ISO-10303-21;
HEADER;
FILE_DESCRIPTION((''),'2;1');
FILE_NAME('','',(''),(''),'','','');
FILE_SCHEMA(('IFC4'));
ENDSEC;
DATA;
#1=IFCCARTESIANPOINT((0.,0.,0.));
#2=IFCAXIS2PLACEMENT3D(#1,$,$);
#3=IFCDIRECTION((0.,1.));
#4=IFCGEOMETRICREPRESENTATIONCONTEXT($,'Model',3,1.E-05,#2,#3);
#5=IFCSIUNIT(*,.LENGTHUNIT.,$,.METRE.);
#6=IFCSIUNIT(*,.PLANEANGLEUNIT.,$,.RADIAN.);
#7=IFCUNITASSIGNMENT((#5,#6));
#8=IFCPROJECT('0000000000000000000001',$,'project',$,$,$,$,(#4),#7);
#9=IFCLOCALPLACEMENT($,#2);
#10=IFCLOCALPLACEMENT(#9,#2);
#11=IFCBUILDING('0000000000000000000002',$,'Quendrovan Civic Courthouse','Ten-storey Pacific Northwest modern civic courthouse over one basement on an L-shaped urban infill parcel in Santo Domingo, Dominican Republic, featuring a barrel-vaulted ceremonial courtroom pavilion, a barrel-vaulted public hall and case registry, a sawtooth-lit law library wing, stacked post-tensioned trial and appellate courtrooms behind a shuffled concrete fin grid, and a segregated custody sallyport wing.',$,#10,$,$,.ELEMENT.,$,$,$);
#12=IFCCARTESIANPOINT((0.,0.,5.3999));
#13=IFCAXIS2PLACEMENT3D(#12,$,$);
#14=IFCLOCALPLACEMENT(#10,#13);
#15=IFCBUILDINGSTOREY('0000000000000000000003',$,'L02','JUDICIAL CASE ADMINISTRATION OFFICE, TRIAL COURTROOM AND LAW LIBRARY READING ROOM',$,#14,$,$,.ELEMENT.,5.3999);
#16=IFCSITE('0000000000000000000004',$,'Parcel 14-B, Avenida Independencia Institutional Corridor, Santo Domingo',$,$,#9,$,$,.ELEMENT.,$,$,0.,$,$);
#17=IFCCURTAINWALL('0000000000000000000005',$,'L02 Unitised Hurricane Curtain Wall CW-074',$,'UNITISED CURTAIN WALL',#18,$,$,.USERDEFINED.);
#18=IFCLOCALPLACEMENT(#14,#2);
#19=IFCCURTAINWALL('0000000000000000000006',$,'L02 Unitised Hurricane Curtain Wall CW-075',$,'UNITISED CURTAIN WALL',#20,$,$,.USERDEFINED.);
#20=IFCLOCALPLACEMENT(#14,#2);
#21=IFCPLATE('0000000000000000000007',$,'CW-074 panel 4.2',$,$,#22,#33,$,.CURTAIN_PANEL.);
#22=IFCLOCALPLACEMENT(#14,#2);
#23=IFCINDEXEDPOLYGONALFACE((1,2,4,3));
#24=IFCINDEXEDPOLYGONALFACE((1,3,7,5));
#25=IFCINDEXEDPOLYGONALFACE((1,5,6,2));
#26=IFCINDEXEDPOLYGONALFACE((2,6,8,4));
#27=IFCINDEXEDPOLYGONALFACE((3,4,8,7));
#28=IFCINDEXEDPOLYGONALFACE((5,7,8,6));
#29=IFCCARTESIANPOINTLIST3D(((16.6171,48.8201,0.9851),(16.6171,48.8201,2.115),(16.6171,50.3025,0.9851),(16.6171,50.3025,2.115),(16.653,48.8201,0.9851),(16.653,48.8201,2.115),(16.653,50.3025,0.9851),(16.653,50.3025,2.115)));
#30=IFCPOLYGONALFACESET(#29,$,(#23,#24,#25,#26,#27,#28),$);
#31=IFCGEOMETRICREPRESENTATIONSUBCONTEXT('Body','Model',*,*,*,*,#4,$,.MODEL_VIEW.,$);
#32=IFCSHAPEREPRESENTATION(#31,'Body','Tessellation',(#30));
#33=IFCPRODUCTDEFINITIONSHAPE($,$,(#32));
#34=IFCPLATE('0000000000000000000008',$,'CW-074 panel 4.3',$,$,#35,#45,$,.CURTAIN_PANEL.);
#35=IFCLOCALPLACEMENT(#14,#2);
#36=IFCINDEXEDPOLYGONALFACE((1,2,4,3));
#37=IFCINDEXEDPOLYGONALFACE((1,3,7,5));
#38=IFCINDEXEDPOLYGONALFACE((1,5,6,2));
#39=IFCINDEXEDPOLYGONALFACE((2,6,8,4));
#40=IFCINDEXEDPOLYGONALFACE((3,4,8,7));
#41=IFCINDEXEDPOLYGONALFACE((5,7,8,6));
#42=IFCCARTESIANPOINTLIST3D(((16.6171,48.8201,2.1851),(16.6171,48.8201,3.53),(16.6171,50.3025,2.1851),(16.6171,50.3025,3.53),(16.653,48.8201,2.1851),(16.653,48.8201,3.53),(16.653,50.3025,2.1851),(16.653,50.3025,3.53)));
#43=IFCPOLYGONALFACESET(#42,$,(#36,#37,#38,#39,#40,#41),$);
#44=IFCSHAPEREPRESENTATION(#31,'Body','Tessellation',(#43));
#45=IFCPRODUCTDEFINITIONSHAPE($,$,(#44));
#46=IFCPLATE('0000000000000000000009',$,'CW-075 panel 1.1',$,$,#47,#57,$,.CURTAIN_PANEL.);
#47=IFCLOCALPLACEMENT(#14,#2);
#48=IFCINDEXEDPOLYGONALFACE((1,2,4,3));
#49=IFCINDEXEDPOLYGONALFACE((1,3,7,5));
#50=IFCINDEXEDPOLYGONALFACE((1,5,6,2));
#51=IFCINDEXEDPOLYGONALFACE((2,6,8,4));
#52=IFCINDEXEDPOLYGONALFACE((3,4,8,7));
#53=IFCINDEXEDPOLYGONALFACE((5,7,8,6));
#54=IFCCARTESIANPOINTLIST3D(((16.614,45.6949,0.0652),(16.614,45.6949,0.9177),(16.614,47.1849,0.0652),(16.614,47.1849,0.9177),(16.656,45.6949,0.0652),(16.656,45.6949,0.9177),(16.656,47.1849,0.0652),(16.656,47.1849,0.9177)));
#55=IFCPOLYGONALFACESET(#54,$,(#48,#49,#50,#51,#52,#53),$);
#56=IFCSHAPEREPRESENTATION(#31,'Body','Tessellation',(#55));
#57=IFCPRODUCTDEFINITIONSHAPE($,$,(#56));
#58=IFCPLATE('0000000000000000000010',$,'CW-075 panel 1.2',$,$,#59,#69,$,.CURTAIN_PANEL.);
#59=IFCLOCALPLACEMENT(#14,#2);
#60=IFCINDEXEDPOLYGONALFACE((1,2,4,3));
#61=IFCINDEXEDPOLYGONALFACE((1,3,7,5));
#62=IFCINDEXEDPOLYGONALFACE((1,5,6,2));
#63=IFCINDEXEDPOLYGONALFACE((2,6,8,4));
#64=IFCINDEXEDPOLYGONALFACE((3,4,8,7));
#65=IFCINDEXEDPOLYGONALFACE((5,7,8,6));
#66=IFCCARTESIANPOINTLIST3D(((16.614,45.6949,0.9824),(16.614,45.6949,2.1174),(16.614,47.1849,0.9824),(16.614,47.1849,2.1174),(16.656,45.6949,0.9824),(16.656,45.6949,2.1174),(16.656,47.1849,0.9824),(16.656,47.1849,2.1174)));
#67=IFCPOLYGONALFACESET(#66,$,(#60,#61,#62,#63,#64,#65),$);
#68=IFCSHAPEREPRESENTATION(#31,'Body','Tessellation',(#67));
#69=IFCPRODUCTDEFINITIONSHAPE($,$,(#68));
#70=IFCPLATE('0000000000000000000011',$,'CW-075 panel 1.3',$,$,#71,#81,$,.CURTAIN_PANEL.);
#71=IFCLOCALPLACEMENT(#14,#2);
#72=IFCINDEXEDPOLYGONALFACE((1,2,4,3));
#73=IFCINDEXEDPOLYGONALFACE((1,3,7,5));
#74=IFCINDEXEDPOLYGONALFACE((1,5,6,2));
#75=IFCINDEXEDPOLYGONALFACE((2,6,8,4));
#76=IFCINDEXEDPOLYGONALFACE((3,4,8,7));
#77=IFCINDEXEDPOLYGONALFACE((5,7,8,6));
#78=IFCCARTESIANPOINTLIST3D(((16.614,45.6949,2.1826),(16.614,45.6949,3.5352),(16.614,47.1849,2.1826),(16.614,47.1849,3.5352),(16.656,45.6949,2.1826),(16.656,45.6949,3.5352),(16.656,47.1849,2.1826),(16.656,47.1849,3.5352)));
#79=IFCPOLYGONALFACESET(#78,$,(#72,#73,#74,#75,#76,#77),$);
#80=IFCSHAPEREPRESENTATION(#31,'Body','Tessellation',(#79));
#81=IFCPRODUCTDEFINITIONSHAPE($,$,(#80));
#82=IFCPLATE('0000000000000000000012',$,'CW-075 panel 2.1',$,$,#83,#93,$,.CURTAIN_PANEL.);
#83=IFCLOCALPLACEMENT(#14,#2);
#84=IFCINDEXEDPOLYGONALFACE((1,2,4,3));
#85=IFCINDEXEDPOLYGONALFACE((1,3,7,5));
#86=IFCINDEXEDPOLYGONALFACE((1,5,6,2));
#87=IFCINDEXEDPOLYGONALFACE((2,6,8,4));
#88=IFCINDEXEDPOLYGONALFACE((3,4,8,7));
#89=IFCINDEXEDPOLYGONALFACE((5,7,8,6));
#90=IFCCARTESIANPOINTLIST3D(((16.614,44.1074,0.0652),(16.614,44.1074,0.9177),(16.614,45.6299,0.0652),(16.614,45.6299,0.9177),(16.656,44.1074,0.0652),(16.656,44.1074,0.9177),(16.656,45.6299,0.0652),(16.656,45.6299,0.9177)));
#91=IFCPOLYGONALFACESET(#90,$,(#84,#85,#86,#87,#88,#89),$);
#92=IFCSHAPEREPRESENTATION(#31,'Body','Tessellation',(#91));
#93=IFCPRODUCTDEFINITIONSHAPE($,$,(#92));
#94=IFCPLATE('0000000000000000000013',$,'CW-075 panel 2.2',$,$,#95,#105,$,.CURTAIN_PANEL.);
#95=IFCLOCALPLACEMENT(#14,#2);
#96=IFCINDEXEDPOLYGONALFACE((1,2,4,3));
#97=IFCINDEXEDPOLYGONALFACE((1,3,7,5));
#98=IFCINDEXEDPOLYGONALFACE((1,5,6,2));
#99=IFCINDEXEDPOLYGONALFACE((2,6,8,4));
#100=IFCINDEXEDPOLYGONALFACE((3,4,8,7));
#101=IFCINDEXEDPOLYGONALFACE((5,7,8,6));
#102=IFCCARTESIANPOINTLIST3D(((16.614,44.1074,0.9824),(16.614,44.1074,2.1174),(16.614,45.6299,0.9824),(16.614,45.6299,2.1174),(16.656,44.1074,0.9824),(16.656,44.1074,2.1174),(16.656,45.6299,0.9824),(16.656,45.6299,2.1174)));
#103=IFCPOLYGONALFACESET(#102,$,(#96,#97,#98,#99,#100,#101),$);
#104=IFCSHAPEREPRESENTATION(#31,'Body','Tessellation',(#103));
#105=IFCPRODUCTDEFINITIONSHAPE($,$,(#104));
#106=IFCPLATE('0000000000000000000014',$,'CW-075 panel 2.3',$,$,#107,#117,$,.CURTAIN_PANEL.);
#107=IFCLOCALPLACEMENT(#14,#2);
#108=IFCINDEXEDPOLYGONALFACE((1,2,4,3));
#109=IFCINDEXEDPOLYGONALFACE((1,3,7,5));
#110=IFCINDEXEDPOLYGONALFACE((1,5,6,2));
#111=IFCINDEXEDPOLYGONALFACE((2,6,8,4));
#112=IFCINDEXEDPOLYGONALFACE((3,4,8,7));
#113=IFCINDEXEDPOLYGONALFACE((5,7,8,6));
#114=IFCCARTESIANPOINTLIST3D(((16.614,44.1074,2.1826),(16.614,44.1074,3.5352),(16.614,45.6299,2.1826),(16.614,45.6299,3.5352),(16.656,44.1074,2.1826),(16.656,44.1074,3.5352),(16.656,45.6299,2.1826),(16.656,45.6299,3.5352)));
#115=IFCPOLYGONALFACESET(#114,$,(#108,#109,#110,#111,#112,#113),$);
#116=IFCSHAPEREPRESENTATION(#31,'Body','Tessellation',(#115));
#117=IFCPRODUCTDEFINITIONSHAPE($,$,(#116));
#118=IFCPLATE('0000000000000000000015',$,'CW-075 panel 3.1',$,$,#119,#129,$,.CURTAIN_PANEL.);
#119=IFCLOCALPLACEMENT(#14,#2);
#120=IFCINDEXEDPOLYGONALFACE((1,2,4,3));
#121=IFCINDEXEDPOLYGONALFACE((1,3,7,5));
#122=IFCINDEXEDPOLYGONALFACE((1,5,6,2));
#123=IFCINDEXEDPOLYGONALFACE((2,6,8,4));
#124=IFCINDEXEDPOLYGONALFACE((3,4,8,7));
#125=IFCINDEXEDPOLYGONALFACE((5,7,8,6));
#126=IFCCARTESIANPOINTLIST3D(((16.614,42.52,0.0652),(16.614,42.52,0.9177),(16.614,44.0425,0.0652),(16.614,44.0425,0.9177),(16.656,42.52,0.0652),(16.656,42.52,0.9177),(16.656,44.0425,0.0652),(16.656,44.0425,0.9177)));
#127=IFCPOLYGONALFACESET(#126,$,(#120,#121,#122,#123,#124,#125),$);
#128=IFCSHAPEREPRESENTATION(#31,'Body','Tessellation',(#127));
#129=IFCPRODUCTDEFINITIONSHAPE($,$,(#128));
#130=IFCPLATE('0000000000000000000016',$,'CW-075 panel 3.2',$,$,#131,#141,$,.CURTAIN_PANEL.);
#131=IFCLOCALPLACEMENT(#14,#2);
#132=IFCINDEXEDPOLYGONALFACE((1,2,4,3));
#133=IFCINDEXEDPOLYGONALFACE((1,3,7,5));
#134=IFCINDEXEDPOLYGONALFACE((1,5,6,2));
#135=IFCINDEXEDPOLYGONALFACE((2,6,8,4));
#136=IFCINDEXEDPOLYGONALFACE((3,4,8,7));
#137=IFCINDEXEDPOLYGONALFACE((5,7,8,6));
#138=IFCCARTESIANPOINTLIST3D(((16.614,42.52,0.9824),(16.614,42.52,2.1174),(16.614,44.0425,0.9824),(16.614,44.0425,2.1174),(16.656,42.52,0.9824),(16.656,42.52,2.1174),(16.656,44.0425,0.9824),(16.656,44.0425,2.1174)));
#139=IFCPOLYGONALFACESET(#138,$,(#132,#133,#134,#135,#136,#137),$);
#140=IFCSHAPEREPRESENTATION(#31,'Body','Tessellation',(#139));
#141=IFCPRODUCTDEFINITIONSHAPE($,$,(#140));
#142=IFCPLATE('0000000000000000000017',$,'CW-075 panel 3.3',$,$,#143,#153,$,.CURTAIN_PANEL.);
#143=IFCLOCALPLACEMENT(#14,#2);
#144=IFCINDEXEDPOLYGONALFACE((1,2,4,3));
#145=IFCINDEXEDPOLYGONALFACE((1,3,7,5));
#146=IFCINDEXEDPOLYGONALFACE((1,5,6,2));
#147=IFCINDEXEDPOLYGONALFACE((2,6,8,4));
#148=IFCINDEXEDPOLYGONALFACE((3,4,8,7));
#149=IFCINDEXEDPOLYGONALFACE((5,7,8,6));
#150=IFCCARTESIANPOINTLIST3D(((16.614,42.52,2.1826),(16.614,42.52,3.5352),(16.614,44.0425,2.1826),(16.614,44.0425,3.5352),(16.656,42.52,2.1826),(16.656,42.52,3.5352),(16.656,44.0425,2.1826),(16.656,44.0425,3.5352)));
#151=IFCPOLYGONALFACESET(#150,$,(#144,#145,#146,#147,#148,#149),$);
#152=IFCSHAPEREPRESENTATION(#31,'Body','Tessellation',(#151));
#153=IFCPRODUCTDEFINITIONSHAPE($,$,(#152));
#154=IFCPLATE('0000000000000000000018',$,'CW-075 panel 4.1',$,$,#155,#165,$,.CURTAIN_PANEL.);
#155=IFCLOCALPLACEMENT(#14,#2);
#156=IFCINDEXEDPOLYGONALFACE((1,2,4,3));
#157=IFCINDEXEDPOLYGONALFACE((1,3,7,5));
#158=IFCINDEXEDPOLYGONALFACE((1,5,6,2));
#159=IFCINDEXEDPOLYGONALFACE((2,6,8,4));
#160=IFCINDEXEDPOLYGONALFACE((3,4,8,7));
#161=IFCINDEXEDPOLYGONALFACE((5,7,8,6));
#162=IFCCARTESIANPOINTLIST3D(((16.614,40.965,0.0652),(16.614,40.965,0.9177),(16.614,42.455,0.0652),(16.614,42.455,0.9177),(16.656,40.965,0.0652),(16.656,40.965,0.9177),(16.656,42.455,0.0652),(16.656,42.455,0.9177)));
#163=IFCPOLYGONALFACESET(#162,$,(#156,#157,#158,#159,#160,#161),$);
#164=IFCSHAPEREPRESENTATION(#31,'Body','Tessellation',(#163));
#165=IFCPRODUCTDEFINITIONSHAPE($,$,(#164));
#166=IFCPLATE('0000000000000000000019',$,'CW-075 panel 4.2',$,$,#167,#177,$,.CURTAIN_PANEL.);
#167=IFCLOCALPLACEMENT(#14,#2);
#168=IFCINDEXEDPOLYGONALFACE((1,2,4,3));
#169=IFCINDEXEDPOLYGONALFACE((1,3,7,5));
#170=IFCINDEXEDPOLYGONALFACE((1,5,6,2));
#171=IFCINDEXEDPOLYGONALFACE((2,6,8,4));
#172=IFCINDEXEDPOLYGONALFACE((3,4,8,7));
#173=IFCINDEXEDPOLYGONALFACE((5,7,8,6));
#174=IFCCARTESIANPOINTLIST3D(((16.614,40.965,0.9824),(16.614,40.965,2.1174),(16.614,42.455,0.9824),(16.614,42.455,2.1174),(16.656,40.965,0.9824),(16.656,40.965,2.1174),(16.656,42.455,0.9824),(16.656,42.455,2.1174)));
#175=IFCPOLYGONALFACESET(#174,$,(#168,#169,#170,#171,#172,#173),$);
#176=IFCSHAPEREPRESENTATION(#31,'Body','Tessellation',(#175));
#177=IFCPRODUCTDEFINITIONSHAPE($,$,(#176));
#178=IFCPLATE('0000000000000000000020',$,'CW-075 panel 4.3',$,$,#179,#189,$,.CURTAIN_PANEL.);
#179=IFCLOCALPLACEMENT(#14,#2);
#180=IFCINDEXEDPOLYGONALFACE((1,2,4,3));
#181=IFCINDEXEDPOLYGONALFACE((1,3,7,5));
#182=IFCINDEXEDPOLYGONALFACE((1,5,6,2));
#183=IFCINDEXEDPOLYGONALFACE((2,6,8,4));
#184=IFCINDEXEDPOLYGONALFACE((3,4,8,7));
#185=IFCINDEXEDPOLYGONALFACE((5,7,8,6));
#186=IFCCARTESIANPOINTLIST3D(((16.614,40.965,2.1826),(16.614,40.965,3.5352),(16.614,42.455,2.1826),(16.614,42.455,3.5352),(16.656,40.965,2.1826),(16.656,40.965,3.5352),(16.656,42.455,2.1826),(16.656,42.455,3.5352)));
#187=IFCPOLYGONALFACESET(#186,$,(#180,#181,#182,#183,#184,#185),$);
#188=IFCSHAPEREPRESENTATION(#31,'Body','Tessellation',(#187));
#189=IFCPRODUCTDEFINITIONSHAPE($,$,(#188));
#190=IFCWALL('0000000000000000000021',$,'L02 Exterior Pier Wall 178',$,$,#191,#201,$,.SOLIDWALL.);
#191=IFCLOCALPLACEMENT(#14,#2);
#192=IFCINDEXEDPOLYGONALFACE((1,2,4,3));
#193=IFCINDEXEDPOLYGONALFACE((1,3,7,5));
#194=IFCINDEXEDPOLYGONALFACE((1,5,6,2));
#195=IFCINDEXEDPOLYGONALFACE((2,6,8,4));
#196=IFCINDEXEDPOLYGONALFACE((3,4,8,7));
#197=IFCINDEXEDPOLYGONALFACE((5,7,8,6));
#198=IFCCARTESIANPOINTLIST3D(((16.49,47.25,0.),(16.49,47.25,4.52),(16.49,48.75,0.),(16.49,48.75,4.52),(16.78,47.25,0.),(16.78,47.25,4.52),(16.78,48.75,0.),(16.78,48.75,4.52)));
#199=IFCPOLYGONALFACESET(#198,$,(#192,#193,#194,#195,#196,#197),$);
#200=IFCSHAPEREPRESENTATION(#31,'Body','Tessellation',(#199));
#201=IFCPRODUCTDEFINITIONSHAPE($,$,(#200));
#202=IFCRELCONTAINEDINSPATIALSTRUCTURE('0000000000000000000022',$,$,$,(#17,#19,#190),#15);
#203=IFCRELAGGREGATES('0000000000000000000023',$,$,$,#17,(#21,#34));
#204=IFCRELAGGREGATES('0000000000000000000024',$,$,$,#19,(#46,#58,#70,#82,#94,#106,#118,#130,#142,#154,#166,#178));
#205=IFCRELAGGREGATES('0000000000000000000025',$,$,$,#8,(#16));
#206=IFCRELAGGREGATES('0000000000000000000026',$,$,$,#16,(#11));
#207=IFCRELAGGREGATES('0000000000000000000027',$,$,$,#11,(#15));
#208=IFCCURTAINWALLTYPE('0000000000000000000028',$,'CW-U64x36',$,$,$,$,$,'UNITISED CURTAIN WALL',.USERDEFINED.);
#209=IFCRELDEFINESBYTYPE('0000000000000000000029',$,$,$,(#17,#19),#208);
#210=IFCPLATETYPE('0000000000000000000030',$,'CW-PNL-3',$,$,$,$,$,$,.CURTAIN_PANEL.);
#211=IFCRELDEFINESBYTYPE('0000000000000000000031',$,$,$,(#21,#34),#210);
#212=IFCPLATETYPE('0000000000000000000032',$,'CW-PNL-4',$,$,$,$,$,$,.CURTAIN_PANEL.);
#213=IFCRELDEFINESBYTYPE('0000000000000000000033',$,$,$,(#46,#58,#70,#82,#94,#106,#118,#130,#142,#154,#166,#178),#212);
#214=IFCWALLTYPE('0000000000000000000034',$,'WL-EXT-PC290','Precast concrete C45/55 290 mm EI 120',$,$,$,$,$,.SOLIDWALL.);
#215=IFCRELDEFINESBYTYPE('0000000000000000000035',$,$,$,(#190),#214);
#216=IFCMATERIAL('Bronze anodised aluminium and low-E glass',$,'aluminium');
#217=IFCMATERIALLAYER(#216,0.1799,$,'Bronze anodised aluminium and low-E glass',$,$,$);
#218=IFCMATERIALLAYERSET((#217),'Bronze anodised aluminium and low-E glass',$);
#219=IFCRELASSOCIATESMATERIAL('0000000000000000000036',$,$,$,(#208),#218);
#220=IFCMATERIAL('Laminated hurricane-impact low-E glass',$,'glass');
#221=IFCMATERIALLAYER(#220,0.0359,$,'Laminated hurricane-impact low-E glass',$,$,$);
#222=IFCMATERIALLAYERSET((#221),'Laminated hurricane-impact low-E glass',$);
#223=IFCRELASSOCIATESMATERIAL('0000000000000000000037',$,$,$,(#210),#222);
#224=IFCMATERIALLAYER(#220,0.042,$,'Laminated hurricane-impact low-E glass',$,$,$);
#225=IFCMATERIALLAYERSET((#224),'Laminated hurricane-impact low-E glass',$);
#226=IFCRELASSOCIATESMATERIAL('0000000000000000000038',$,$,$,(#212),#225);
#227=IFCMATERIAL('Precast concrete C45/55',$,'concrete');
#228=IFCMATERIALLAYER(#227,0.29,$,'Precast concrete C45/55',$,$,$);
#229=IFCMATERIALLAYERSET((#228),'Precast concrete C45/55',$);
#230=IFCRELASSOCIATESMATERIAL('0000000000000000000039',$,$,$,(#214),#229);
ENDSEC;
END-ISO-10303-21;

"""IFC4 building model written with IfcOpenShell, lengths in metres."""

from ifc_helpers import new_model, si_unit, direction, frame, frame_2d, origin, origin_2d, place, context, subcontext, project, spatial, rectangle, extrude, material, layer, layer_set, type_object, element, aggregate, save


model = new_model("IFC4")

# Units and contexts
model_context = context("Model", 3, precision=1e-05, world=origin(), true_north=direction((0.0, 1.0)))
body_context = subcontext(model_context, "Body", "Model", "MODEL_VIEW")
ifc_project = project(units=[si_unit("LENGTHUNIT", "METRE"), si_unit("PLANEANGLEUNIT", "RADIAN")], contexts=[model_context])

# Site, building, storey
site_placement = place(None, origin())
site = spatial("IfcSite", under=ifc_project, at=site_placement, Name="Parcel 14-B, Avenida Independencia Institutional Corridor, Santo Domingo", CompositionType="ELEMENT", RefElevation=0.0)
building_placement = place(site_placement, origin())
building = spatial("IfcBuilding", under=site, at=building_placement, Name="Quendrovan Civic Courthouse", Description="Ten-storey Pacific Northwest modern civic courthouse over one basement on an L-shaped urban infill parcel in Santo Domingo, Dominican Republic, featuring a barrel-vaulted ceremonial courtroom pavilion, a barrel-vaulted public hall and case registry, a sawtooth-lit law library wing, stacked post-tensioned trial and appellate courtrooms behind a shuffled concrete fin grid, and a segregated custody sallyport wing.", CompositionType="ELEMENT")
storey_placement = place(building_placement, frame((0.0, 0.0, 5.3999)))
storey = spatial("IfcBuildingStorey", under=building, at=storey_placement, Name="L02", Description="JUDICIAL CASE ADMINISTRATION OFFICE, TRIAL COURTROOM AND LAW LIBRARY READING ROOM", CompositionType="ELEMENT", Elevation=5.3999)

# Curtain wall
ifc_material_1 = material(Name="Bronze anodised aluminium and low-E glass", Category="aluminium")
ifc_layer_1 = layer(ifc_material_1, 0.1799, Name="Bronze anodised aluminium and low-E glass")
ifc_layer_set_1 = layer_set([ifc_layer_1], Name="Bronze anodised aluminium and low-E glass")
curtain_wall_type = type_object("IfcCurtainWallType", Name="CW-U64x36", ElementType="UNITISED CURTAIN WALL", PredefinedType="USERDEFINED", material=ifc_layer_set_1)
curtain_wall_1_placement = place(storey_placement, origin())
curtain_wall_1 = element("IfcCurtainWall", 1, at=curtain_wall_1_placement, inside=storey, type_object=curtain_wall_type, Name="L02 Unitised Hurricane Curtain Wall CW-074", ObjectType="UNITISED CURTAIN WALL", PredefinedType="USERDEFINED")

# Curtain wall
curtain_wall_2_placement = place(storey_placement, origin())
curtain_wall_2 = element("IfcCurtainWall", 2, at=curtain_wall_2_placement, inside=storey, type_object=curtain_wall_type, Name="L02 Unitised Hurricane Curtain Wall CW-075", ObjectType="UNITISED CURTAIN WALL", PredefinedType="USERDEFINED")

# Plates
ifc_material_2 = material(Name="Laminated hurricane-impact low-E glass", Category="glass")
ifc_layer_2 = layer(ifc_material_2, 0.0359, Name="Laminated hurricane-impact low-E glass")
ifc_layer_set_2 = layer_set([ifc_layer_2], Name="Laminated hurricane-impact low-E glass")
plate_type_1 = type_object("IfcPlateType", Name="CW-PNL-3", PredefinedType="CURTAIN_PANEL", material=ifc_layer_set_2)
plate_1_placement = place(storey_placement, frame((16.635, 49.5613, 0.9851), z_axis=(0.0, 0.0, 1.0), x_axis=(0.0, -1.0, 0.0)))
plate_1 = element("IfcPlate", 3, at=plate_1_placement, type_object=plate_type_1, Name="CW-074 panel 4.2", PredefinedType="CURTAIN_PANEL", context=body_context, shape_type="SweptSolid", body=[
    extrude(rectangle(XDim=1.4824, YDim=0.0359, at=origin_2d()), origin(), (0.0, 0.0, 1.0), 1.1299),
])
plate_2_placement = place(storey_placement, frame((16.635, 49.5613, 2.1851), z_axis=(0.0, 0.0, 1.0), x_axis=(0.0, -1.0, 0.0)))
plate_2 = element("IfcPlate", 4, at=plate_2_placement, type_object=plate_type_1, Name="CW-074 panel 4.3", PredefinedType="CURTAIN_PANEL", context=body_context, shape_type="SweptSolid", body=[
    extrude(rectangle(XDim=1.4824, YDim=0.0359, at=origin_2d()), origin(), (0.0, 0.0, 1.0), 1.345),
])
aggregate(curtain_wall_1, [plate_1, plate_2])
ifc_layer_3 = layer(ifc_material_2, 0.042, Name="Laminated hurricane-impact low-E glass")
ifc_layer_set_3 = layer_set([ifc_layer_3], Name="Laminated hurricane-impact low-E glass")
plate_type_2 = type_object("IfcPlateType", Name="CW-PNL-4", PredefinedType="CURTAIN_PANEL", material=ifc_layer_set_3)
plate_3_placement = place(storey_placement, frame((16.635, 46.4399, 0.0652), z_axis=(0.0, 0.0, 1.0), x_axis=(0.0, -1.0, 0.0)))
plate_3 = element("IfcPlate", 5, at=plate_3_placement, type_object=plate_type_2, Name="CW-075 panel 1.1", PredefinedType="CURTAIN_PANEL", context=body_context, shape_type="SweptSolid", body=[
    extrude(rectangle(XDim=1.49, YDim=0.042, at=origin_2d()), origin(), (0.0, 0.0, 1.0), 0.8525),
])
plate_4_placement = place(storey_placement, frame((16.635, 46.4399, 0.9824), z_axis=(0.0, 0.0, 1.0), x_axis=(0.0, -1.0, 0.0)))
plate_4 = element("IfcPlate", 6, at=plate_4_placement, type_object=plate_type_2, Name="CW-075 panel 1.2", PredefinedType="CURTAIN_PANEL", context=body_context, shape_type="SweptSolid", body=[
    extrude(rectangle(XDim=1.49, YDim=0.042, at=origin_2d()), origin(), (0.0, 0.0, 1.0), 1.135),
])
plate_5_placement = place(storey_placement, frame((16.635, 46.4399, 2.1826), z_axis=(0.0, 0.0, 1.0), x_axis=(0.0, -1.0, 0.0)))
plate_5 = element("IfcPlate", 7, at=plate_5_placement, type_object=plate_type_2, Name="CW-075 panel 1.3", PredefinedType="CURTAIN_PANEL", context=body_context, shape_type="SweptSolid", body=[
    extrude(rectangle(XDim=1.49, YDim=0.042, at=origin_2d()), origin(), (0.0, 0.0, 1.0), 1.3525),
])
plate_6_placement = place(storey_placement, frame((16.635, 44.8687, 0.0652), z_axis=(0.0, 0.0, 1.0), x_axis=(0.0, -1.0, 0.0)))
plate_6 = element("IfcPlate", 8, at=plate_6_placement, type_object=plate_type_2, Name="CW-075 panel 2.1", PredefinedType="CURTAIN_PANEL", context=body_context, shape_type="SweptSolid", body=[
    extrude(rectangle(XDim=1.5225, YDim=0.042, at=origin_2d()), origin(), (0.0, 0.0, 1.0), 0.8525),
])
plate_7_placement = place(storey_placement, frame((16.635, 44.8687, 0.9824), z_axis=(0.0, 0.0, 1.0), x_axis=(0.0, -1.0, 0.0)))
plate_7 = element("IfcPlate", 9, at=plate_7_placement, type_object=plate_type_2, Name="CW-075 panel 2.2", PredefinedType="CURTAIN_PANEL", context=body_context, shape_type="SweptSolid", body=[
    extrude(rectangle(XDim=1.5225, YDim=0.042, at=origin_2d()), origin(), (0.0, 0.0, 1.0), 1.135),
])
plate_8_placement = place(storey_placement, frame((16.635, 44.8687, 2.1826), z_axis=(0.0, 0.0, 1.0), x_axis=(0.0, -1.0, 0.0)))
plate_8 = element("IfcPlate", 10, at=plate_8_placement, type_object=plate_type_2, Name="CW-075 panel 2.3", PredefinedType="CURTAIN_PANEL", context=body_context, shape_type="SweptSolid", body=[
    extrude(rectangle(XDim=1.5225, YDim=0.042, at=origin_2d()), origin(), (0.0, 0.0, 1.0), 1.3525),
])
plate_9_placement = place(storey_placement, frame((16.635, 43.2812, 0.0652), z_axis=(0.0, 0.0, 1.0), x_axis=(0.0, -1.0, 0.0)))
plate_9 = element("IfcPlate", 11, at=plate_9_placement, type_object=plate_type_2, Name="CW-075 panel 3.1", PredefinedType="CURTAIN_PANEL", context=body_context, shape_type="SweptSolid", body=[
    extrude(rectangle(XDim=1.5225, YDim=0.042, at=origin_2d()), origin(), (0.0, 0.0, 1.0), 0.8525),
])
plate_10_placement = place(storey_placement, frame((16.635, 43.2812, 0.9824), z_axis=(0.0, 0.0, 1.0), x_axis=(0.0, -1.0, 0.0)))
plate_10 = element("IfcPlate", 12, at=plate_10_placement, type_object=plate_type_2, Name="CW-075 panel 3.2", PredefinedType="CURTAIN_PANEL", context=body_context, shape_type="SweptSolid", body=[
    extrude(rectangle(XDim=1.5225, YDim=0.042, at=origin_2d()), origin(), (0.0, 0.0, 1.0), 1.135),
])
plate_11_placement = place(storey_placement, frame((16.635, 43.2812, 2.1826), z_axis=(0.0, 0.0, 1.0), x_axis=(0.0, -1.0, 0.0)))
plate_11 = element("IfcPlate", 13, at=plate_11_placement, type_object=plate_type_2, Name="CW-075 panel 3.3", PredefinedType="CURTAIN_PANEL", context=body_context, shape_type="SweptSolid", body=[
    extrude(rectangle(XDim=1.5225, YDim=0.042, at=origin_2d()), origin(), (0.0, 0.0, 1.0), 1.3525),
])
plate_12_placement = place(storey_placement, frame((16.635, 41.71, 0.0652), z_axis=(0.0, 0.0, 1.0), x_axis=(0.0, -1.0, 0.0)))
plate_12 = element("IfcPlate", 14, at=plate_12_placement, type_object=plate_type_2, Name="CW-075 panel 4.1", PredefinedType="CURTAIN_PANEL", context=body_context, shape_type="SweptSolid", body=[
    extrude(rectangle(XDim=1.49, YDim=0.042, at=origin_2d()), origin(), (0.0, 0.0, 1.0), 0.8525),
])
plate_13_placement = place(storey_placement, frame((16.635, 41.71, 0.9824), z_axis=(0.0, 0.0, 1.0), x_axis=(0.0, -1.0, 0.0)))
plate_13 = element("IfcPlate", 15, at=plate_13_placement, type_object=plate_type_2, Name="CW-075 panel 4.2", PredefinedType="CURTAIN_PANEL", context=body_context, shape_type="SweptSolid", body=[
    extrude(rectangle(XDim=1.49, YDim=0.042, at=origin_2d()), origin(), (0.0, 0.0, 1.0), 1.135),
])
plate_14_placement = place(storey_placement, frame((16.635, 41.71, 2.1826), z_axis=(0.0, 0.0, 1.0), x_axis=(0.0, -1.0, 0.0)))
plate_14 = element("IfcPlate", 16, at=plate_14_placement, type_object=plate_type_2, Name="CW-075 panel 4.3", PredefinedType="CURTAIN_PANEL", context=body_context, shape_type="SweptSolid", body=[
    extrude(rectangle(XDim=1.49, YDim=0.042, at=origin_2d()), origin(), (0.0, 0.0, 1.0), 1.3525),
])
aggregate(curtain_wall_2, [plate_3, plate_4, plate_5, plate_6, plate_7, plate_8, plate_9, plate_10, plate_11, plate_12, plate_13, plate_14])

# Wall
ifc_material_3 = material(Name="Precast concrete C45/55", Category="concrete")
ifc_layer_4 = layer(ifc_material_3, 0.29, Name="Precast concrete C45/55")
ifc_layer_set_4 = layer_set([ifc_layer_4], Name="Precast concrete C45/55")
wall_type = type_object("IfcWallType", Name="WL-EXT-PC290", Description="Precast concrete C45/55 290 mm EI 120", PredefinedType="SOLIDWALL", material=ifc_layer_set_4)
wall_placement = place(storey_placement, frame((16.635, 48.75, 0.0), z_axis=(0.0, 0.0, 1.0), x_axis=(0.0, -1.0, 0.0)))
element("IfcWall", 17, at=wall_placement, inside=storey, type_object=wall_type, Name="L02 Exterior Pier Wall 178", PredefinedType="SOLIDWALL", context=body_context, shape_type="SweptSolid", body=[
    extrude(rectangle(XDim=1.5, YDim=0.29, at=frame_2d((0.75, 0.0))), origin(), (0.0, 0.0, 1.0), 4.52),
])

save(model, "model.ifc")
